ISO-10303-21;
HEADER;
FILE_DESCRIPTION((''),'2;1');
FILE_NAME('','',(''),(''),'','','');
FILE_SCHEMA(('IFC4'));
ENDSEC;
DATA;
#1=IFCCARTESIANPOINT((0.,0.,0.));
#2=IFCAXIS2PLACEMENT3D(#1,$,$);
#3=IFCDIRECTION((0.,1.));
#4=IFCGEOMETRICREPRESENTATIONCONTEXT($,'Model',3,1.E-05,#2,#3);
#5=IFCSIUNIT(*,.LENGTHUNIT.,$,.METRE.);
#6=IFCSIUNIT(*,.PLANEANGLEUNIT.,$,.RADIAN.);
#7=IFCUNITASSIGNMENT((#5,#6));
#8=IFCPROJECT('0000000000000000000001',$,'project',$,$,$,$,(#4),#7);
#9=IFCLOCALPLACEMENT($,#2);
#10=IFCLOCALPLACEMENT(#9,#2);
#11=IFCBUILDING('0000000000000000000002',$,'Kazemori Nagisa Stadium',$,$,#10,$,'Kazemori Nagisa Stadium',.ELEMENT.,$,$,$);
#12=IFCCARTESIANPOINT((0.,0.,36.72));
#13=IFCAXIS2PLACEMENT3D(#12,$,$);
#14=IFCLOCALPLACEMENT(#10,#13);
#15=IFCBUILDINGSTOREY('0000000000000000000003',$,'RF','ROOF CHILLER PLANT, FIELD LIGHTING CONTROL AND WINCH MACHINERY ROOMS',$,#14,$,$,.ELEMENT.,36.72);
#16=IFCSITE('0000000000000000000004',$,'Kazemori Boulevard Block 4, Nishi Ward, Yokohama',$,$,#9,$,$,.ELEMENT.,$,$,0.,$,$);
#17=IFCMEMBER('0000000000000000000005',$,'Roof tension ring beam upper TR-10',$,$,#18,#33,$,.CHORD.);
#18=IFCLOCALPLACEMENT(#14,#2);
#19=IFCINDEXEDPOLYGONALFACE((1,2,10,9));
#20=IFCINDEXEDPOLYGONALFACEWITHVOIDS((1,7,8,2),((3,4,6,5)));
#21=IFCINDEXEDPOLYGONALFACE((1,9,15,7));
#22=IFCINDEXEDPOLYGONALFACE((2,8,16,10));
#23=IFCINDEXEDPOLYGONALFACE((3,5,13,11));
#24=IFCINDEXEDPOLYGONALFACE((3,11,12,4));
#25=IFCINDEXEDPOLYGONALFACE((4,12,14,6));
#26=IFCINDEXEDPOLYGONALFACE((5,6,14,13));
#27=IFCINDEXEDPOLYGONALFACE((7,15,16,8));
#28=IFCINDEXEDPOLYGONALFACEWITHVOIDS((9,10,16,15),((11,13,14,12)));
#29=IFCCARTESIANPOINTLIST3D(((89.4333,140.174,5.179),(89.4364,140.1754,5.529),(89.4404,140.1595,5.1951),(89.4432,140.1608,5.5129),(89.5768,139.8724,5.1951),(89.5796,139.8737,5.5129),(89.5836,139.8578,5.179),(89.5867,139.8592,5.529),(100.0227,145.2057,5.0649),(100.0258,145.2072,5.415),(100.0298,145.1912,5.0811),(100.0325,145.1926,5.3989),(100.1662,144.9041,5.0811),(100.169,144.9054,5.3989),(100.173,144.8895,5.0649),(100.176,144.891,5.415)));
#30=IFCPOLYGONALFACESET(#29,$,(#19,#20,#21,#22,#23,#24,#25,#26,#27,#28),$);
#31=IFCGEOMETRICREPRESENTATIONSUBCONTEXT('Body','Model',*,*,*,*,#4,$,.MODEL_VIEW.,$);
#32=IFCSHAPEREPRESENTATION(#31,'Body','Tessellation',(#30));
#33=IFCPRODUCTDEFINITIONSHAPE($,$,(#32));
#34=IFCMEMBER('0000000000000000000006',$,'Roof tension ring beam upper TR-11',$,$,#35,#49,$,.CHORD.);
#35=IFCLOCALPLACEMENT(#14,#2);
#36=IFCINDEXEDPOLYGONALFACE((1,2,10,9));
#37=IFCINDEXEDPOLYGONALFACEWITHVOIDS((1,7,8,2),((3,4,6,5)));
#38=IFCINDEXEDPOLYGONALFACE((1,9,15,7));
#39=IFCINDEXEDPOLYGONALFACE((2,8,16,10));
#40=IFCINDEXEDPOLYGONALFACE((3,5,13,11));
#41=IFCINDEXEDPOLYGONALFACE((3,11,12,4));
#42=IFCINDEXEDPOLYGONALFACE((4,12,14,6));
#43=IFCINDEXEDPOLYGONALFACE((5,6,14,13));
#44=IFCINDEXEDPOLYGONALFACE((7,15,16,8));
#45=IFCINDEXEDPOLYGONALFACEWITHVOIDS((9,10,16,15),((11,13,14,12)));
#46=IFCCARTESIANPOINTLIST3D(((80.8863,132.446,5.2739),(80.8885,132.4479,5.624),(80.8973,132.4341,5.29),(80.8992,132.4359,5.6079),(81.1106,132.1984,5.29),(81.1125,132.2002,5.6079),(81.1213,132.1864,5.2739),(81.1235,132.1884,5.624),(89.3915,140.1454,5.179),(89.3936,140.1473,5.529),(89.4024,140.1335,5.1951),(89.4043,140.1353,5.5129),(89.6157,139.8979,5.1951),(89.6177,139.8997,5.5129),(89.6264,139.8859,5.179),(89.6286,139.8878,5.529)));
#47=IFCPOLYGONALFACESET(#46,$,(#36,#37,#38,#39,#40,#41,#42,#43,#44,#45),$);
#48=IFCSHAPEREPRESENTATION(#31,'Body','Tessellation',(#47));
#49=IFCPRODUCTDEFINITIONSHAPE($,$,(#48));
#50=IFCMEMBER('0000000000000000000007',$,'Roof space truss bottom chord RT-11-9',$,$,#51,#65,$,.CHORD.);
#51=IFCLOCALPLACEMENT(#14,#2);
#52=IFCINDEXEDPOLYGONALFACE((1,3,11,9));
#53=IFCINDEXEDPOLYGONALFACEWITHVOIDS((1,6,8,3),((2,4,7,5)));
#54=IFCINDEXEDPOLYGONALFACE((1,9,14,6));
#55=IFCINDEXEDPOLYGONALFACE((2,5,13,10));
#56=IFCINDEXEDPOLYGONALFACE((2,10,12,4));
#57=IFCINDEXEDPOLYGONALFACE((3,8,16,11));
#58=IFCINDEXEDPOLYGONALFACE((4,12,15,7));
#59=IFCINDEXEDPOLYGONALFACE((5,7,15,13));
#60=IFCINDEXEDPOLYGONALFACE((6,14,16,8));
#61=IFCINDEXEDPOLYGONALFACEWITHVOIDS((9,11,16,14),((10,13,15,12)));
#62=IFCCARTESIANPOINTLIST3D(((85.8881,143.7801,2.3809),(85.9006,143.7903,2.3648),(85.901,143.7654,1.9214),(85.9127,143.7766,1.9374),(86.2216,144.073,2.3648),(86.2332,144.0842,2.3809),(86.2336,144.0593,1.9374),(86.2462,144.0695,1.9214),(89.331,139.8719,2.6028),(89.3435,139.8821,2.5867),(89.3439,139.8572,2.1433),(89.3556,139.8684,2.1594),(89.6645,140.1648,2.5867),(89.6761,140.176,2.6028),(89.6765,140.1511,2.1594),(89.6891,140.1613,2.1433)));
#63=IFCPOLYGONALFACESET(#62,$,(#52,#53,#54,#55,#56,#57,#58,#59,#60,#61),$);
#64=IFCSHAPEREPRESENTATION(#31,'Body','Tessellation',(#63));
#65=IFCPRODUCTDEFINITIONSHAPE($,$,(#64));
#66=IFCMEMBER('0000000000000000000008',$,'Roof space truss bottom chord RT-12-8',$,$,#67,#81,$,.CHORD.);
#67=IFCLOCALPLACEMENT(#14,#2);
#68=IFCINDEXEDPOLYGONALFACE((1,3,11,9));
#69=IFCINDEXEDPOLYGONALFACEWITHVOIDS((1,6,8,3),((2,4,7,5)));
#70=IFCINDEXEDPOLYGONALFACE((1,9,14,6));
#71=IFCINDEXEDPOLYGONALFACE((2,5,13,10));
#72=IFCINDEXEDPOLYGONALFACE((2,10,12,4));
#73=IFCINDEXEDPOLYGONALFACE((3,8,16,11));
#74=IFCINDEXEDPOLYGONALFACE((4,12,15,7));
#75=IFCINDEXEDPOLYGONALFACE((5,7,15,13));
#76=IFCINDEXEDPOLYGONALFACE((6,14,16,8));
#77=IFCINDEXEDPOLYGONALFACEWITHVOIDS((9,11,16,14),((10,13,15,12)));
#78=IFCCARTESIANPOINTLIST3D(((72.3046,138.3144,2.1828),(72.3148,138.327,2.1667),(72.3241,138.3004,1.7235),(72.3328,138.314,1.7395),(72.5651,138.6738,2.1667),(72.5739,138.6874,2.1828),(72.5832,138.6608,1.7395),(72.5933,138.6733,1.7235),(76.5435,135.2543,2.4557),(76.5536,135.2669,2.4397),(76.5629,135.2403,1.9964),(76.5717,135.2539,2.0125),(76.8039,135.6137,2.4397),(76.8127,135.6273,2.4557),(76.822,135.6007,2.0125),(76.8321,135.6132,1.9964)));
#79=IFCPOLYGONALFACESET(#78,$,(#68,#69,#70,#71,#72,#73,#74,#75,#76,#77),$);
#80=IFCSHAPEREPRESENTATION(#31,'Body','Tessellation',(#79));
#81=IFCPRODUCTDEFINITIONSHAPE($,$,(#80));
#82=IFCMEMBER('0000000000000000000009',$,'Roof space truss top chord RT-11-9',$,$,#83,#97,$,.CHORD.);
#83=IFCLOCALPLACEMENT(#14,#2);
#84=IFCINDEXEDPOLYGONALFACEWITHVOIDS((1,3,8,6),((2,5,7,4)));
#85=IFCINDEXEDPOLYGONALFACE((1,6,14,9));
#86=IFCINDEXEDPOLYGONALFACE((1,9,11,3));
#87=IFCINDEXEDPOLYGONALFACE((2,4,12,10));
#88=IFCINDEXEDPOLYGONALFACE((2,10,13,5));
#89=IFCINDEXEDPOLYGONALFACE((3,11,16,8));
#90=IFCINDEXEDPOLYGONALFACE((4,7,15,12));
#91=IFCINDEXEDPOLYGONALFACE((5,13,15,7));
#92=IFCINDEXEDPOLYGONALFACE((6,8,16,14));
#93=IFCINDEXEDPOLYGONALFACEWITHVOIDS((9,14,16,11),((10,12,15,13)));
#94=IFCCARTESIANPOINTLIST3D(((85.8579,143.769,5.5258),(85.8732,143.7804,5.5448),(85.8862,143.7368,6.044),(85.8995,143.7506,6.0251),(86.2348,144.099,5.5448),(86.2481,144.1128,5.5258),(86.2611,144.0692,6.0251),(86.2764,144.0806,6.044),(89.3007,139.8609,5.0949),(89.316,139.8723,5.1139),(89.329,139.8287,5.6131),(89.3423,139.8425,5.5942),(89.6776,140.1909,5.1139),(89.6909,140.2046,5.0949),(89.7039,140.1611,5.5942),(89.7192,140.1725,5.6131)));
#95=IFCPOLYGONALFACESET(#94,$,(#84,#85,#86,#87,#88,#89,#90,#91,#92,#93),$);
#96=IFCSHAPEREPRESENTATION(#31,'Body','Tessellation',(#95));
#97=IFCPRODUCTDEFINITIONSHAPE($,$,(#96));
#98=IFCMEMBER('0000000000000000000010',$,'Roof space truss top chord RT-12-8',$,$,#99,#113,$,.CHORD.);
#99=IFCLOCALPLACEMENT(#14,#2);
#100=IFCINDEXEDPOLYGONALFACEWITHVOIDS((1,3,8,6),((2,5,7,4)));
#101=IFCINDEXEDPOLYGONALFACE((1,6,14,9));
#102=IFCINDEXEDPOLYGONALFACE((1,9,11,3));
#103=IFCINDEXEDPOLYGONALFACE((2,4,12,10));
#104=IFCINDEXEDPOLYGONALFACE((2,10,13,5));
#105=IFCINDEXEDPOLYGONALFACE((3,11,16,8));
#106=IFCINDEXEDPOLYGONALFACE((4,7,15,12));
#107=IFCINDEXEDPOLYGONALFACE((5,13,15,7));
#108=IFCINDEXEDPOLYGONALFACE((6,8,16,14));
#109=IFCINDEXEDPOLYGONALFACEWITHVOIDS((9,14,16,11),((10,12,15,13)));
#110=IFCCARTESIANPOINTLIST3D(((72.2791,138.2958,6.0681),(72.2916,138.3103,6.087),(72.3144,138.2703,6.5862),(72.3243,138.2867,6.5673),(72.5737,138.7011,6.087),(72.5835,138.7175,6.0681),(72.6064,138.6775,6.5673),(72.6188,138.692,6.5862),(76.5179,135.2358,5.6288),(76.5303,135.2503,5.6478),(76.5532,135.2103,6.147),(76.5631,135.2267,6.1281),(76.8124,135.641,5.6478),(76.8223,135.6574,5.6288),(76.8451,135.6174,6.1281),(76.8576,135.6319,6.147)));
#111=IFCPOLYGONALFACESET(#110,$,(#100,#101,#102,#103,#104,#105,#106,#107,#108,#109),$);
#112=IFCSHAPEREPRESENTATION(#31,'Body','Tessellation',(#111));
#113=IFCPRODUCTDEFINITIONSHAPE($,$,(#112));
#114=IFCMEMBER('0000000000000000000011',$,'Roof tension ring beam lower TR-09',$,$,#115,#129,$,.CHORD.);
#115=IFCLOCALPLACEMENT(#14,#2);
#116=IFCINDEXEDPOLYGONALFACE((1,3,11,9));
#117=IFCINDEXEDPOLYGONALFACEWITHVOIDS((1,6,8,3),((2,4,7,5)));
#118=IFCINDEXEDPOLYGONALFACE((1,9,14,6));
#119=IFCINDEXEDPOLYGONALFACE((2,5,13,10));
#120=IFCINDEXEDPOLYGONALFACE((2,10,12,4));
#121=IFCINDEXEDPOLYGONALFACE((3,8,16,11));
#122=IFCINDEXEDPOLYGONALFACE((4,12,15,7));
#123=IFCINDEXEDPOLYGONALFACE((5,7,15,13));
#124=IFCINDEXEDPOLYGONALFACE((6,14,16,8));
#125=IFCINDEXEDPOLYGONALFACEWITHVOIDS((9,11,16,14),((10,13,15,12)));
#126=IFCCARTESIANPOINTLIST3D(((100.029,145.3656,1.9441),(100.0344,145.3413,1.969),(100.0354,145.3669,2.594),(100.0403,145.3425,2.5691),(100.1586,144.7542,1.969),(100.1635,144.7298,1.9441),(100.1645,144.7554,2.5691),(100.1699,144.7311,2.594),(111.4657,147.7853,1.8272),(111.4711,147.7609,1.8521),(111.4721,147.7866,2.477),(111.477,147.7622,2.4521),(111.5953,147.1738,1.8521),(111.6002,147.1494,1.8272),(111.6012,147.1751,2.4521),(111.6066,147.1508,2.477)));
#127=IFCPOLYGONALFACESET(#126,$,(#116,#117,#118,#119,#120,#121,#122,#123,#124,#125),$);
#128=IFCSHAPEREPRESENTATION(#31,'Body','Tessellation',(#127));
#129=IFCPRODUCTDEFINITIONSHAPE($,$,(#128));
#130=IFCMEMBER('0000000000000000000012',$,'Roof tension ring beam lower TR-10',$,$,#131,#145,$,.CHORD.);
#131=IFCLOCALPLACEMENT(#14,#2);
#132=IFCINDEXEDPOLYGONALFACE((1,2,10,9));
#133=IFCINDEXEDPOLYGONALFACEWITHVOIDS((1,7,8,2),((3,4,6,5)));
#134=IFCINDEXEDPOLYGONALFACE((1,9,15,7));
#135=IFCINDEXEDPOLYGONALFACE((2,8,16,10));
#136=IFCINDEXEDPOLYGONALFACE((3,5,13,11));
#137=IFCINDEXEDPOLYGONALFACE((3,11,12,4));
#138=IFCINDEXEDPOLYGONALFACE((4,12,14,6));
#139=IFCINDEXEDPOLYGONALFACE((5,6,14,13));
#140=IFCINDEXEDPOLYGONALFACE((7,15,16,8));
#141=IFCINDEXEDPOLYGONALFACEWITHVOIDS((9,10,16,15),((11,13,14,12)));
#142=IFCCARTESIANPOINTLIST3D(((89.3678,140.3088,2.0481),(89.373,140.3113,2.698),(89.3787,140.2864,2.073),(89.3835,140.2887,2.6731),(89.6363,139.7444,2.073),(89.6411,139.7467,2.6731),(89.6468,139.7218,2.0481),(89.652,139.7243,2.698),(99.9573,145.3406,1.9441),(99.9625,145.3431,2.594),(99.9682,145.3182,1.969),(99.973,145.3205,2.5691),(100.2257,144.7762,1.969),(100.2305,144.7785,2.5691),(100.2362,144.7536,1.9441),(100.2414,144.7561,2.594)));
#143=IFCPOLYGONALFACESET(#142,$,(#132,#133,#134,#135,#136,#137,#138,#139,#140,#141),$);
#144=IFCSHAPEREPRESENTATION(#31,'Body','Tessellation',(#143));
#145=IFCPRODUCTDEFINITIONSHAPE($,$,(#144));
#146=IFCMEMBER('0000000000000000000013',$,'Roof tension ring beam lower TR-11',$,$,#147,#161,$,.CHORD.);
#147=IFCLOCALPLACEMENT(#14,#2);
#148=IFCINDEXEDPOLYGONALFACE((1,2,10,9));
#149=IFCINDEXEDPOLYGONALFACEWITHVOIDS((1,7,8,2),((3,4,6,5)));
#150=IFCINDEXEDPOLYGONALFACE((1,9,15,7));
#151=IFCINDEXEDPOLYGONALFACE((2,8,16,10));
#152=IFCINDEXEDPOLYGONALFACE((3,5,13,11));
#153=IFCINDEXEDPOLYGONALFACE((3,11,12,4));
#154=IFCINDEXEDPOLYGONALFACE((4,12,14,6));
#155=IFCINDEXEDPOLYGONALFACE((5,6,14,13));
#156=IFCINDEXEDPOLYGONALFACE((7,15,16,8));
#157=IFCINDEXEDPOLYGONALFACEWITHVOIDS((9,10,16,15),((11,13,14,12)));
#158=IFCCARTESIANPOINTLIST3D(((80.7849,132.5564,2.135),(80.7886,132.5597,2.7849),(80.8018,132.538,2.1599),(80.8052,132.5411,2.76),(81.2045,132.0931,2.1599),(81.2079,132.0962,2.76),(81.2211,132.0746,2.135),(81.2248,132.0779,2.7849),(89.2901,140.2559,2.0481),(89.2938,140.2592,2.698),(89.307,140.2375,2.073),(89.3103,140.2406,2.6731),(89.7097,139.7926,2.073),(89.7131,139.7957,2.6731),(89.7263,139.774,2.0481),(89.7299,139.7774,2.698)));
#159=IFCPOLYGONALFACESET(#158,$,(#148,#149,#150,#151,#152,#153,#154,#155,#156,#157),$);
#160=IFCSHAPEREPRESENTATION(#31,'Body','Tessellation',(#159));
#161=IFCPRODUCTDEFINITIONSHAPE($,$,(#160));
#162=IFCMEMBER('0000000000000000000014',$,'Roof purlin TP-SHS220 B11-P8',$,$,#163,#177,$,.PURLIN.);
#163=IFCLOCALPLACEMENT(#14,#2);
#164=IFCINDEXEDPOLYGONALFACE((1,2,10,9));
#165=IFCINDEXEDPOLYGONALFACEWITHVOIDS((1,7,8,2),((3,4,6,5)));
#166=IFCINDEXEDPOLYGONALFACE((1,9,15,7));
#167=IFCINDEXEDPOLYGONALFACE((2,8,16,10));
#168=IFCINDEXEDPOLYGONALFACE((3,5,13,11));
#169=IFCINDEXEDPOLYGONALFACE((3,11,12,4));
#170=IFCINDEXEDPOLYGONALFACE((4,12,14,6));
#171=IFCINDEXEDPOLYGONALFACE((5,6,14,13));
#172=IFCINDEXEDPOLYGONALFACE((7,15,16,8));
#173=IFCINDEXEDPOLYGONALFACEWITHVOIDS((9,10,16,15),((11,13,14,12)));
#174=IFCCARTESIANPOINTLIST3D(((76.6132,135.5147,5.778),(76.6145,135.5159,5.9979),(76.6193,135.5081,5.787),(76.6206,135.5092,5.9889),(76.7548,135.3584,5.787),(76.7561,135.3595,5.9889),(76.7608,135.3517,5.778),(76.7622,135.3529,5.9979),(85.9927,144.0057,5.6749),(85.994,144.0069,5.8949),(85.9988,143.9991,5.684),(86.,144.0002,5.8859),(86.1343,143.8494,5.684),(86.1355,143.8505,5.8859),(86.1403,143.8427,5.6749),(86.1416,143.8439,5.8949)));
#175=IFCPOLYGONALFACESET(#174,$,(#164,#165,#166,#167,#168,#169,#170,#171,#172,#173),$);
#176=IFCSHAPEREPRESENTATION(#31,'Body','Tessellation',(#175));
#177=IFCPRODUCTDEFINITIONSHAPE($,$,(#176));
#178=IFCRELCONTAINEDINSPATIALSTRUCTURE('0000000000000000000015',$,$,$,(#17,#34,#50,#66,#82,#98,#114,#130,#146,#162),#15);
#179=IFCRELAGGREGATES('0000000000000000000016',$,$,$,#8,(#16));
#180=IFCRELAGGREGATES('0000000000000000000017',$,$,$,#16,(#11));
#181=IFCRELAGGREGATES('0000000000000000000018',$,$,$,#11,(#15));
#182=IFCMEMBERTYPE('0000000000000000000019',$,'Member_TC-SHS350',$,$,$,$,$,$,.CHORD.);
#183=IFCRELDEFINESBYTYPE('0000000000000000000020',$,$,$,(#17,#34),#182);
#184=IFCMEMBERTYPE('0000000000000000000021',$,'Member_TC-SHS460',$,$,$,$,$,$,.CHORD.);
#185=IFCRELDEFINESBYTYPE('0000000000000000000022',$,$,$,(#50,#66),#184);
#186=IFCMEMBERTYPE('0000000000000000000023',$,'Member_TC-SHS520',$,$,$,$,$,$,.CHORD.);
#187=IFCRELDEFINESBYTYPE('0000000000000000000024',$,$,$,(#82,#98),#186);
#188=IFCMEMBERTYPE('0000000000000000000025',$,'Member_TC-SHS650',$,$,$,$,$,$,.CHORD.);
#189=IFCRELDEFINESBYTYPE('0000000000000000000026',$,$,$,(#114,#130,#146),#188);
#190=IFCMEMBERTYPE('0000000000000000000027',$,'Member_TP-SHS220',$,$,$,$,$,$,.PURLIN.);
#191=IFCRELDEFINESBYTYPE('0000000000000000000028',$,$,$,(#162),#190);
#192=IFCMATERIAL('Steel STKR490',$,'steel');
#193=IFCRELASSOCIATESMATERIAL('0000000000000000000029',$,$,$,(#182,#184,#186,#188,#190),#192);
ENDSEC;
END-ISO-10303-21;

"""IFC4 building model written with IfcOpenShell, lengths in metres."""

from ifc_helpers import new_model, si_unit, direction, frame, origin, origin_2d, place, context, subcontext, project, spatial, hollow_rectangle, extrude, material, material_profile, profile_set, type_object, element, save


model = new_model("IFC4")

# Units and contexts
model_context = context("Model", 3, precision=1e-05, world=origin(), true_north=direction((0.0, 1.0)))
body_context = subcontext(model_context, "Body", "Model", "MODEL_VIEW")
ifc_project = project(units=[si_unit("LENGTHUNIT", "METRE"), si_unit("PLANEANGLEUNIT", "RADIAN")], contexts=[model_context])

# Site, building, storey
site_placement = place(None, origin())
site = spatial("IfcSite", under=ifc_project, at=site_placement, Name="Kazemori Boulevard Block 4, Nishi Ward, Yokohama", CompositionType="ELEMENT", RefElevation=0.0)
building_placement = place(site_placement, origin())
building = spatial("IfcBuilding", under=site, at=building_placement, Name="Kazemori Nagisa Stadium", LongName="Kazemori Nagisa Stadium", CompositionType="ELEMENT")
storey_placement = place(building_placement, frame((0.0, 0.0, 36.72)))
storey = spatial("IfcBuildingStorey", under=building, at=storey_placement, Name="RF", Description="ROOF CHILLER PLANT, FIELD LIGHTING CONTROL AND WINCH MACHINERY ROOMS", CompositionType="ELEMENT", Elevation=36.72)

# Members
ifc_material = material(Name="Steel STKR490", Category="steel")
ifc_material_profile_1 = material_profile(ifc_material, hollow_rectangle(XDim=0.3501, YDim=0.3501, WallThickness=0.0161, at=origin_2d()), Name="SHS-350x350x16")
ifc_profile_set_1 = profile_set([ifc_material_profile_1], Name="Steel STKR490")
member_type_1 = type_object("IfcMemberType", Name="Member_TC-SHS350", PredefinedType="CHORD", material=ifc_profile_set_1)
member_1_placement = place(storey_placement, frame((100.0994, 145.0483, 5.24), z_axis=(-0.903175, -0.429161, 0.009724), x_axis=(0.429182, -0.903218, 0.0)))
element("IfcMember", 1, at=member_1_placement, inside=storey, type_object=member_type_1, Name="Roof tension ring beam upper TR-10", PredefinedType="CHORD", context=body_context, shape_type="SweptSolid", body=[
    extrude(hollow_rectangle(XDim=0.3501, YDim=0.3501, WallThickness=0.0161, at=origin_2d()), origin(), (0.0, 0.0, 1.0), 11.7246),
])
member_2_placement = place(storey_placement, frame((89.51, 140.0166, 5.354), z_axis=(-0.741322, -0.671099, 0.008278), x_axis=(0.671122, -0.741347, 0.0)))
element("IfcMember", 2, at=member_2_placement, inside=storey, type_object=member_type_1, Name="Roof tension ring beam upper TR-11", PredefinedType="CHORD", context=body_context, shape_type="SweptSolid", body=[
    extrude(hollow_rectangle(XDim=0.3501, YDim=0.3501, WallThickness=0.0161, at=origin_2d()), origin(), (0.0, 0.0, 1.0), 11.4729),
])
ifc_material_profile_2 = material_profile(ifc_material, hollow_rectangle(XDim=0.46, YDim=0.46, WallThickness=0.0161, at=origin_2d()), Name="SHS-460x460x16")
ifc_profile_set_2 = profile_set([ifc_material_profile_2], Name="Steel STKR490")
member_type_2 = type_object("IfcMemberType", Name="Member_TC-SHS460", PredefinedType="CHORD", material=ifc_profile_set_2)
member_3_placement = place(storey_placement, frame((86.0671, 143.9248, 2.1511), z_axis=(0.660424, -0.749685, 0.04257), x_axis=(0.750366, 0.661023, 0.0)))
element("IfcMember", 3, at=member_3_placement, inside=storey, type_object=member_type_2, Name="Roof space truss bottom chord RT-11-9", PredefinedType="CHORD", context=body_context, shape_type="SweptSolid", body=[
    extrude(hollow_rectangle(XDim=0.46, YDim=0.46, WallThickness=0.0161, at=origin_2d()), origin(), (0.0, 0.0, 1.0), 5.2131),
])
member_4_placement = place(storey_placement, frame((72.449, 138.4939, 1.9531), z_axis=(0.809692, -0.584534, 0.052139), x_axis=(0.58533, 0.810795, 0.0)))
element("IfcMember", 4, at=member_4_placement, inside=storey, type_object=member_type_2, Name="Roof space truss bottom chord RT-12-8", PredefinedType="CHORD", context=body_context, shape_type="SweptSolid", body=[
    extrude(hollow_rectangle(XDim=0.46, YDim=0.46, WallThickness=0.0161, at=origin_2d()), origin(), (0.0, 0.0, 1.0), 5.2351),
])
ifc_material_profile_3 = material_profile(ifc_material, hollow_rectangle(XDim=0.52, YDim=0.52, WallThickness=0.019, at=origin_2d()), Name="SHS-520x520x19")
ifc_profile_set_3 = profile_set([ifc_material_profile_3], Name="Steel STKR490")
member_type_3 = type_object("IfcMemberType", Name="Member_TC-SHS520", PredefinedType="CHORD", material=ifc_profile_set_3)
member_5_placement = place(storey_placement, frame((86.0671, 143.9248, 5.7849), z_axis=(0.658772, -0.747811, -0.082452), x_axis=(0.750366, 0.661023, 0.0)))
element("IfcMember", 5, at=member_5_placement, inside=storey, type_object=member_type_3, Name="Roof space truss top chord RT-11-9", PredefinedType="CHORD", context=body_context, shape_type="SweptSolid", body=[
    extrude(hollow_rectangle(XDim=0.52, YDim=0.52, WallThickness=0.019, at=origin_2d()), origin(), (0.0, 0.0, 1.0), 5.2261),
])
member_6_placement = place(storey_placement, frame((72.449, 138.4939, 6.3271), z_axis=(0.807949, -0.583275, -0.083717), x_axis=(0.58533, 0.810795, 0.0)))
element("IfcMember", 6, at=member_6_placement, inside=storey, type_object=member_type_3, Name="Roof space truss top chord RT-12-8", PredefinedType="CHORD", context=body_context, shape_type="SweptSolid", body=[
    extrude(hollow_rectangle(XDim=0.52, YDim=0.52, WallThickness=0.019, at=origin_2d()), origin(), (0.0, 0.0, 1.0), 5.2463),
])
ifc_material_profile_4 = material_profile(ifc_material, hollow_rectangle(XDim=0.6499, YDim=0.6499, WallThickness=0.0249, at=origin_2d()), Name="SHS-650x650x25")
ifc_profile_set_4 = profile_set([ifc_material_profile_4], Name="Steel STKR490")
member_type_4 = type_object("IfcMemberType", Name="Member_TC-SHS650", PredefinedType="CHORD", material=ifc_profile_set_4)
member_7_placement = place(storey_placement, frame((111.5361, 147.468, 2.1521), z_axis=(-0.978294, -0.206978, 0.010003), x_axis=(0.206988, -0.978343, 0.0)))
element("IfcMember", 7, at=member_7_placement, inside=storey, type_object=member_type_4, Name="Roof tension ring beam lower TR-09", PredefinedType="CHORD", context=body_context, shape_type="SweptSolid", body=[
    extrude(hollow_rectangle(XDim=0.6499, YDim=0.6499, WallThickness=0.0249, at=origin_2d()), origin(), (0.0, 0.0, 1.0), 11.6904),
])
member_8_placement = place(storey_placement, frame((100.0994, 145.0483, 2.269), z_axis=(-0.903183, -0.429165, 0.008871), x_axis=(0.429182, -0.903218, 0.0)))
element("IfcMember", 8, at=member_8_placement, inside=storey, type_object=member_type_4, Name="Roof tension ring beam lower TR-10", PredefinedType="CHORD", context=body_context, shape_type="SweptSolid", body=[
    extrude(hollow_rectangle(XDim=0.6499, YDim=0.6499, WallThickness=0.0249, at=origin_2d()), origin(), (0.0, 0.0, 1.0), 11.7246),
])
member_9_placement = place(storey_placement, frame((89.51, 140.0166, 2.373), z_axis=(-0.741326, -0.671102, 0.007576), x_axis=(0.671122, -0.741347, 0.0)))
element("IfcMember", 9, at=member_9_placement, inside=storey, type_object=member_type_4, Name="Roof tension ring beam lower TR-11", PredefinedType="CHORD", context=body_context, shape_type="SweptSolid", body=[
    extrude(hollow_rectangle(XDim=0.6499, YDim=0.6499, WallThickness=0.0249, at=origin_2d()), origin(), (0.0, 0.0, 1.0), 11.4729),
])
ifc_material_profile_5 = material_profile(ifc_material, hollow_rectangle(XDim=0.22, YDim=0.22, WallThickness=0.009, at=origin_2d()), Name="SHS-220x220x9")
ifc_profile_set_5 = profile_set([ifc_material_profile_5], Name="Steel STKR490")
member_type_5 = type_object("IfcMemberType", Name="Member_TP-SHS220", PredefinedType="PURLIN", material=ifc_profile_set_5)
member_10_placement = place(storey_placement, frame((86.0671, 143.9248, 5.7849), z_axis=(-0.741321, -0.671102, 0.008143), x_axis=(0.671124, -0.741345, 0.0)))
element("IfcMember", 10, at=member_10_placement, inside=storey, type_object=member_type_5, Name="Roof purlin TP-SHS220 B11-P8", PredefinedType="PURLIN", context=body_context, shape_type="SweptSolid", body=[
    extrude(hollow_rectangle(XDim=0.22, YDim=0.22, WallThickness=0.009, at=origin_2d()), origin(), (0.0, 0.0, 1.0), 12.6523),
])

save(model, "model.ifc")
